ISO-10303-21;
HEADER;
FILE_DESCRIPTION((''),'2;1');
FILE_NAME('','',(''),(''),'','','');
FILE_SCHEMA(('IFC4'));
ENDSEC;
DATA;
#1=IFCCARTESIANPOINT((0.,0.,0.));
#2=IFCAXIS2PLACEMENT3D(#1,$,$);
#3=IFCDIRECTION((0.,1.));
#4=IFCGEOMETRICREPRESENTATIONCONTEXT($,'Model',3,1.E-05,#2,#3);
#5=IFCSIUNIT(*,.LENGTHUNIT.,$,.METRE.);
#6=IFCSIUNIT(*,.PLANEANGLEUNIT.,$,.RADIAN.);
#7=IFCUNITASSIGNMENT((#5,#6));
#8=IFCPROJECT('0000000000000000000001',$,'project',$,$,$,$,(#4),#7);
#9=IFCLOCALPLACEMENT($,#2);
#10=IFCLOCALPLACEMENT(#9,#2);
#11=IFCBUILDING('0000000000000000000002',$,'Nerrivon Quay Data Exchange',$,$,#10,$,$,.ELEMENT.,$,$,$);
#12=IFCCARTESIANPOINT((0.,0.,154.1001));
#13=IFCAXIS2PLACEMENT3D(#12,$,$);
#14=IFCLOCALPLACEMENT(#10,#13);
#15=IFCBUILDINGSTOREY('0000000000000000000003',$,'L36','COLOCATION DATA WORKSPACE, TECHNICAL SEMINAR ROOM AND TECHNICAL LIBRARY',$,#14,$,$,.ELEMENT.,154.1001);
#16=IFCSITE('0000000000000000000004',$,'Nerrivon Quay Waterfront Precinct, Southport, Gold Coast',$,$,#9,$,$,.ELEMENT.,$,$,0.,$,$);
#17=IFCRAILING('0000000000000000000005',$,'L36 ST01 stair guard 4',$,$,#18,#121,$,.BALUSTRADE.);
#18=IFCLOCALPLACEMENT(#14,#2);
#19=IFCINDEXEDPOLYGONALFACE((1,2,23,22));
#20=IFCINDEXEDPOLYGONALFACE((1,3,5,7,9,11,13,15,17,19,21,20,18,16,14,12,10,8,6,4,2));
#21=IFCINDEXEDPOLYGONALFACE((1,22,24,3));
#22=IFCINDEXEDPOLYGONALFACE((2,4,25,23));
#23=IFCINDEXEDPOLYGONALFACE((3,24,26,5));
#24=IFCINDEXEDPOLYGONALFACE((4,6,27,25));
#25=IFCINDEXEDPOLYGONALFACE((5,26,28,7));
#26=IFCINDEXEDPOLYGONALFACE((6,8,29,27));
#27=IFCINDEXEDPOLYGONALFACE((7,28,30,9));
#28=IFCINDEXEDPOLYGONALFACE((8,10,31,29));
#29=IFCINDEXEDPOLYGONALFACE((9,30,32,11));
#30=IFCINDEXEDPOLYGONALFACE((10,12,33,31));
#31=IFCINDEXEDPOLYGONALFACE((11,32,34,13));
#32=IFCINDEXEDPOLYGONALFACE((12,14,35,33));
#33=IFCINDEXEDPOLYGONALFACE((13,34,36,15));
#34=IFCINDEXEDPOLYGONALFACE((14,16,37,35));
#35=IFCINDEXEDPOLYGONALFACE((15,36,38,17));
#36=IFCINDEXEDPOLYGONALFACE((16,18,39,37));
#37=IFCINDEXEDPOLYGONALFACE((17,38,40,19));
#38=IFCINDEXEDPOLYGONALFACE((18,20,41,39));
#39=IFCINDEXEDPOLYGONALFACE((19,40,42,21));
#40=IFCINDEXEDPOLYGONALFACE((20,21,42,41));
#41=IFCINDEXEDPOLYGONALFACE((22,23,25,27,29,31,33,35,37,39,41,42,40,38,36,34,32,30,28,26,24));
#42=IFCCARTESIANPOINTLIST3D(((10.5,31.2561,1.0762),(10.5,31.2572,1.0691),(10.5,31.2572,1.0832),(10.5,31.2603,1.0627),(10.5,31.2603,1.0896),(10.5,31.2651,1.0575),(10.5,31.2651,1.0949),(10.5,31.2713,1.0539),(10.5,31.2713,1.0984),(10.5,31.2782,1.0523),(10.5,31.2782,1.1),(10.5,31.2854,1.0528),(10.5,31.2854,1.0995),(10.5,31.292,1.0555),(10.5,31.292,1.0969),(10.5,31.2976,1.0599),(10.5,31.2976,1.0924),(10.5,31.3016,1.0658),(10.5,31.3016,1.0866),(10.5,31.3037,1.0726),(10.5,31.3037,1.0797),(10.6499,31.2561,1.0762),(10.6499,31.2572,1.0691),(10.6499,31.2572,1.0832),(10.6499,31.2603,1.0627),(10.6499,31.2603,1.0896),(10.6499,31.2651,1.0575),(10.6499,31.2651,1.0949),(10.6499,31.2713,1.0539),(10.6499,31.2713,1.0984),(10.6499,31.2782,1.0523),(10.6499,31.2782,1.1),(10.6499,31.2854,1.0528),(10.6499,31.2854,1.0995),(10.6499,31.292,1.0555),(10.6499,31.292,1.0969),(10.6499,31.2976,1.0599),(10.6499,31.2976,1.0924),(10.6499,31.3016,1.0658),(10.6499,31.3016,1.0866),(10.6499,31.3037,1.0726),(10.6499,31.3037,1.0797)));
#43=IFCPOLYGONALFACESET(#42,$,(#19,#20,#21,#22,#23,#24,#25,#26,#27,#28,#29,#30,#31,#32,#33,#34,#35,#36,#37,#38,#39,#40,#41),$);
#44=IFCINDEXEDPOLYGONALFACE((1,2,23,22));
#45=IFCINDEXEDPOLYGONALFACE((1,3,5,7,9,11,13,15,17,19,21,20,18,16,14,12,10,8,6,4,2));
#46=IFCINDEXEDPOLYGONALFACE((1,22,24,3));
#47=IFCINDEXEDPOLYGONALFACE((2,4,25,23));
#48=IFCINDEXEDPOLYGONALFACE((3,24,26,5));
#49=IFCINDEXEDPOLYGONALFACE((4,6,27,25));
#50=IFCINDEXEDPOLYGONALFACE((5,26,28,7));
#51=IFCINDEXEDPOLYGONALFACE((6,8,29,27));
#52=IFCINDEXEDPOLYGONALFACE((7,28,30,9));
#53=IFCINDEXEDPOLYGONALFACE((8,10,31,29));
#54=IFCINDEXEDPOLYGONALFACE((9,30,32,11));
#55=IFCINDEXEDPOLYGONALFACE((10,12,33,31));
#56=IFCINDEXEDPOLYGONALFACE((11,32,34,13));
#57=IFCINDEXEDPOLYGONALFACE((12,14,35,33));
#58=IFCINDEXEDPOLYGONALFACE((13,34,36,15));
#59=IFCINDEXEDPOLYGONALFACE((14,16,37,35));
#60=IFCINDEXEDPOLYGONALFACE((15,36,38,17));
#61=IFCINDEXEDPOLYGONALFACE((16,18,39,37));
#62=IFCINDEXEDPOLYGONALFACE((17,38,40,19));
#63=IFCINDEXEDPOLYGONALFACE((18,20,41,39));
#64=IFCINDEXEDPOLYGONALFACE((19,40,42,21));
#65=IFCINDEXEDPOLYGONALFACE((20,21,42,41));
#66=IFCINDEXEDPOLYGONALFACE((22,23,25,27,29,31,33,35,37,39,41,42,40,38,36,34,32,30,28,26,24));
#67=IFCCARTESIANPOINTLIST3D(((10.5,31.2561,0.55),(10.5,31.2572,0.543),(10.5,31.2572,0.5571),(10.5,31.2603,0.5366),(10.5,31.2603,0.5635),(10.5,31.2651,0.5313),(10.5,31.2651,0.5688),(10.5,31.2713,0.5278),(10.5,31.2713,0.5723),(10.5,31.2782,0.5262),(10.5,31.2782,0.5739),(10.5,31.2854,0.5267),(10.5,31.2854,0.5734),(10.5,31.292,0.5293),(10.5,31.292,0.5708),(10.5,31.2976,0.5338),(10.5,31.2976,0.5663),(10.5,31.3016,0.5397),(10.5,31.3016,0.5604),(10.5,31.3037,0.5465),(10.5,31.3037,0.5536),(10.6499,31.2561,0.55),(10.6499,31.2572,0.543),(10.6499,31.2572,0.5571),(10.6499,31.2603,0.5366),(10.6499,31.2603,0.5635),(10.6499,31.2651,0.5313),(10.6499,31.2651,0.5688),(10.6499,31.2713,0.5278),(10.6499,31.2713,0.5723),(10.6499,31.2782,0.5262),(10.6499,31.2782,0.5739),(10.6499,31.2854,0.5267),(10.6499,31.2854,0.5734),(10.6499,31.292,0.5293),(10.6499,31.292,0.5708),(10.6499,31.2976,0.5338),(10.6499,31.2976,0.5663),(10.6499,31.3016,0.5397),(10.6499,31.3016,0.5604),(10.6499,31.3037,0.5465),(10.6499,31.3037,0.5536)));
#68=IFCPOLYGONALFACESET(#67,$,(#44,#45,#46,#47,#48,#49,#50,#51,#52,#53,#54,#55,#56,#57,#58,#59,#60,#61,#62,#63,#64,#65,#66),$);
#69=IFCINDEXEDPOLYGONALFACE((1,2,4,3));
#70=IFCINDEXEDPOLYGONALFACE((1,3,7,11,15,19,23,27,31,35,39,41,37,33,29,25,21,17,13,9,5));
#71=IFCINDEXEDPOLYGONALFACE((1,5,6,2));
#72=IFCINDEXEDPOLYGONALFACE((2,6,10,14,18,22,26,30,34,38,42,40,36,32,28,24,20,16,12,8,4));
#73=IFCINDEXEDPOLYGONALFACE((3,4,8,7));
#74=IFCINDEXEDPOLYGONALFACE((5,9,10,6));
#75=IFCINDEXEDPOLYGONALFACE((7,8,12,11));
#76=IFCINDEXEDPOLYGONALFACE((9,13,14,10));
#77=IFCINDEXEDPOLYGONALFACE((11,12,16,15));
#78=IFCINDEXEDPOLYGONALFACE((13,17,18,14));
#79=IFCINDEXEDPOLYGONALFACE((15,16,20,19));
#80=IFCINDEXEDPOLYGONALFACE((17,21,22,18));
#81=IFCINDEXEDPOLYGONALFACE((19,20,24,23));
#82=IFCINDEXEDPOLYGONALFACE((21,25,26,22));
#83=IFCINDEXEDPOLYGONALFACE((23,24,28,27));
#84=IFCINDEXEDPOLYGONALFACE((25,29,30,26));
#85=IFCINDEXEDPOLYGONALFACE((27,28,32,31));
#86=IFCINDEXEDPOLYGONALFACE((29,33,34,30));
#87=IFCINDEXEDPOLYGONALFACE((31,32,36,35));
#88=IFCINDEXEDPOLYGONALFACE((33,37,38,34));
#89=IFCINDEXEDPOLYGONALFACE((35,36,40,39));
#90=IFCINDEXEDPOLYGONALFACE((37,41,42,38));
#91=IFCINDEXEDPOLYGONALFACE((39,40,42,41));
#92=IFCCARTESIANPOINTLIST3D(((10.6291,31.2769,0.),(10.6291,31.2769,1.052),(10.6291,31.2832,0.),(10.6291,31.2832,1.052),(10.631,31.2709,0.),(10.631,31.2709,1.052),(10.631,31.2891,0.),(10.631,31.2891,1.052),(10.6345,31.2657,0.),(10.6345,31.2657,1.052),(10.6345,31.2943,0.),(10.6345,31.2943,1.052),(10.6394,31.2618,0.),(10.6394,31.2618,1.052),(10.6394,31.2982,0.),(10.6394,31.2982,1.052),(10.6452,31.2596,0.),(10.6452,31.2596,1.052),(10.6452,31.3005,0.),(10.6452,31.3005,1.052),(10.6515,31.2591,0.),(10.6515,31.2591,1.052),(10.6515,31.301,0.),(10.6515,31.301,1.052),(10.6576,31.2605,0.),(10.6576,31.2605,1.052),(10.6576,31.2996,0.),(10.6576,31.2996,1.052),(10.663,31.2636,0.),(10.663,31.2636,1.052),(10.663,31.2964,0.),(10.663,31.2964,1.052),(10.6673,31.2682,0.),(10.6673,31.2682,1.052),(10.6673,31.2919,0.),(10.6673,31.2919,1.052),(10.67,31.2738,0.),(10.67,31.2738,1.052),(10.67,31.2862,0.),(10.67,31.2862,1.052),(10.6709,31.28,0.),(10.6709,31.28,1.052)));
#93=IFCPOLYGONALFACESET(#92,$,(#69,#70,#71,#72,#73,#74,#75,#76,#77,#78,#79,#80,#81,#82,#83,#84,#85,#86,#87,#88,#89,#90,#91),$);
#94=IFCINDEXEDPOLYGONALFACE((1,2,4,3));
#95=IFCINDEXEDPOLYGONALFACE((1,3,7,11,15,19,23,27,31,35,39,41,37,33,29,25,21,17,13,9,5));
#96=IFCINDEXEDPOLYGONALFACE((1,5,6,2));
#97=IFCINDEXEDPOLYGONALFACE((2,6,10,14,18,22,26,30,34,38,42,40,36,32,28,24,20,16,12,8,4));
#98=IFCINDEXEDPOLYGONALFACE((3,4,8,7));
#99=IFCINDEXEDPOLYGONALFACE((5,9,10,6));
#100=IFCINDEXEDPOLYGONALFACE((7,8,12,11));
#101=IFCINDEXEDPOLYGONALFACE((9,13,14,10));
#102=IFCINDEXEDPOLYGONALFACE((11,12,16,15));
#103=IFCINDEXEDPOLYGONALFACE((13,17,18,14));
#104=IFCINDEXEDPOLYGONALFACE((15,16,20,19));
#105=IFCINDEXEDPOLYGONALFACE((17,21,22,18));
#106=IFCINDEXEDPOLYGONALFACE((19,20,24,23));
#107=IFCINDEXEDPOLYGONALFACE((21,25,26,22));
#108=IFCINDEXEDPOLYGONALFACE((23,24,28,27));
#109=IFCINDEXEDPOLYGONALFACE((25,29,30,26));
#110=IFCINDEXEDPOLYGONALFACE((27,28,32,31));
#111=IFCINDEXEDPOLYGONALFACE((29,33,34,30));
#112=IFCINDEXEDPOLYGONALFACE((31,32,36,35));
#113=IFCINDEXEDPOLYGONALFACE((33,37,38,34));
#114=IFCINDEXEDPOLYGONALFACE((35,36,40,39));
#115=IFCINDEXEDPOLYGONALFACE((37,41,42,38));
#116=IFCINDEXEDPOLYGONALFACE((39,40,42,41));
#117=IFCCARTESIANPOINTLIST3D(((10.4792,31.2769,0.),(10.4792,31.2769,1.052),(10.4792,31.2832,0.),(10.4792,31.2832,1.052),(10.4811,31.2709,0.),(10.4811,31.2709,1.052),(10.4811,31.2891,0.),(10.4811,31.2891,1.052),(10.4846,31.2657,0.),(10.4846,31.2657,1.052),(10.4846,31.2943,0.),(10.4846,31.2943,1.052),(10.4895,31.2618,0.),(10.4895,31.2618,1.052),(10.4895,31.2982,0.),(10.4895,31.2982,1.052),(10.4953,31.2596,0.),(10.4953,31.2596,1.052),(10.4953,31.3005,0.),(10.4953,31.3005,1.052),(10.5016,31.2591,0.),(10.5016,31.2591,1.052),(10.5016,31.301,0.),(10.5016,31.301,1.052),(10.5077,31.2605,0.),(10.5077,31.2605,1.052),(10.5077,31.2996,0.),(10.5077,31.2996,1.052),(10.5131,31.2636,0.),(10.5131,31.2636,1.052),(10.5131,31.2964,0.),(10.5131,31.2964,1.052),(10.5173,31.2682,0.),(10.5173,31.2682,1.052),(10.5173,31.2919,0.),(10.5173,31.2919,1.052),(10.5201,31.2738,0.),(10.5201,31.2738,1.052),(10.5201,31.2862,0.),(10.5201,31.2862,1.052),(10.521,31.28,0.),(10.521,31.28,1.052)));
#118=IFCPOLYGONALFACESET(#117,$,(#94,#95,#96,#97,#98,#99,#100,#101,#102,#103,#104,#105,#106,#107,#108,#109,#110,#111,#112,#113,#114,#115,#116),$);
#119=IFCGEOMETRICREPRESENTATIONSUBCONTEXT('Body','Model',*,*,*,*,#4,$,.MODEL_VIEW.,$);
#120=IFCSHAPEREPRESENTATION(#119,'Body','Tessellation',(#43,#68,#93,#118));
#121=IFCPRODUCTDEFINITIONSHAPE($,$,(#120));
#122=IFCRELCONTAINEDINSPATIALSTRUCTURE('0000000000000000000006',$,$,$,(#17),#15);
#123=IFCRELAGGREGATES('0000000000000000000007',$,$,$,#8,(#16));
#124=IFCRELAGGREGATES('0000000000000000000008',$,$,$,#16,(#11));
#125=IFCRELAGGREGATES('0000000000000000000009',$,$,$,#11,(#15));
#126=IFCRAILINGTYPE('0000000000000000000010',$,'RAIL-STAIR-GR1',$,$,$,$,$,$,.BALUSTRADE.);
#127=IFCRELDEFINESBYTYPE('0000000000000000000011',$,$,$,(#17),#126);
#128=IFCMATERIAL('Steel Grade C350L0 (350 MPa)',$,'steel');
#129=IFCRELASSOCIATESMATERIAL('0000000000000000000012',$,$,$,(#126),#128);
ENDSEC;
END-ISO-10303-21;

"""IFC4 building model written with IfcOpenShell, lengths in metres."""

from ifc_helpers import new_model, si_unit, direction, frame, origin, origin_2d, place, context, subcontext, project, spatial, circle, extrude, material, type_object, element, save


model = new_model("IFC4")

# Units and contexts
model_context = context("Model", 3, precision=1e-05, world=origin(), true_north=direction((0.0, 1.0)))
body_context = subcontext(model_context, "Body", "Model", "MODEL_VIEW")
ifc_project = project(units=[si_unit("LENGTHUNIT", "METRE"), si_unit("PLANEANGLEUNIT", "RADIAN")], contexts=[model_context])

# Site, building, storey
site_placement = place(None, origin())
site = spatial("IfcSite", under=ifc_project, at=site_placement, Name="Nerrivon Quay Waterfront Precinct, Southport, Gold Coast", CompositionType="ELEMENT", RefElevation=0.0)
building_placement = place(site_placement, origin())
building = spatial("IfcBuilding", under=site, at=building_placement, Name="Nerrivon Quay Data Exchange", CompositionType="ELEMENT")
storey_placement = place(building_placement, frame((0.0, 0.0, 154.1001)))
storey = spatial("IfcBuildingStorey", under=building, at=storey_placement, Name="L36", Description="COLOCATION DATA WORKSPACE, TECHNICAL SEMINAR ROOM AND TECHNICAL LIBRARY", CompositionType="ELEMENT", Elevation=154.1001)

# Railing
ifc_material_1 = material(Name="Steel Grade C350L0 (350 MPa)", Category="steel")
railing_type_1 = type_object("IfcRailingType", Name="RAIL-STAIR-GR1", PredefinedType="BALUSTRADE", material=ifc_material_1)
railing_1_placement = place(storey_placement, frame((10.6499, 31.28, 0.0)))
element("IfcRailing", 1, at=railing_1_placement, inside=storey, type_object=railing_type_1, Name="L36 ST01 stair guard 4", PredefinedType="BALUSTRADE", context=body_context, shape_type="SweptSolid", body=[
    extrude(circle(Radius=0.0239, at=origin_2d()), frame((0.0, 0.0, 1.0762), z_axis=(-1.0, 0.0, 0.0), x_axis=(0.0, -1.0, 0.0)), (0.0, 0.0, 1.0), 0.1499),
    extrude(circle(Radius=0.0239, at=origin_2d()), frame((0.0, 0.0, 0.55), z_axis=(-1.0, 0.0, 0.0), x_axis=(0.0, -1.0, 0.0)), (0.0, 0.0, 1.0), 0.1499),
    extrude(circle(Radius=0.021, at=origin_2d()), origin(), (0.0, 0.0, 1.0), 1.052),
    extrude(circle(Radius=0.021, at=origin_2d()), frame((-0.1499, 0.0, 0.0)), (0.0, 0.0, 1.0), 1.052),
])

save(model, "model.ifc")
